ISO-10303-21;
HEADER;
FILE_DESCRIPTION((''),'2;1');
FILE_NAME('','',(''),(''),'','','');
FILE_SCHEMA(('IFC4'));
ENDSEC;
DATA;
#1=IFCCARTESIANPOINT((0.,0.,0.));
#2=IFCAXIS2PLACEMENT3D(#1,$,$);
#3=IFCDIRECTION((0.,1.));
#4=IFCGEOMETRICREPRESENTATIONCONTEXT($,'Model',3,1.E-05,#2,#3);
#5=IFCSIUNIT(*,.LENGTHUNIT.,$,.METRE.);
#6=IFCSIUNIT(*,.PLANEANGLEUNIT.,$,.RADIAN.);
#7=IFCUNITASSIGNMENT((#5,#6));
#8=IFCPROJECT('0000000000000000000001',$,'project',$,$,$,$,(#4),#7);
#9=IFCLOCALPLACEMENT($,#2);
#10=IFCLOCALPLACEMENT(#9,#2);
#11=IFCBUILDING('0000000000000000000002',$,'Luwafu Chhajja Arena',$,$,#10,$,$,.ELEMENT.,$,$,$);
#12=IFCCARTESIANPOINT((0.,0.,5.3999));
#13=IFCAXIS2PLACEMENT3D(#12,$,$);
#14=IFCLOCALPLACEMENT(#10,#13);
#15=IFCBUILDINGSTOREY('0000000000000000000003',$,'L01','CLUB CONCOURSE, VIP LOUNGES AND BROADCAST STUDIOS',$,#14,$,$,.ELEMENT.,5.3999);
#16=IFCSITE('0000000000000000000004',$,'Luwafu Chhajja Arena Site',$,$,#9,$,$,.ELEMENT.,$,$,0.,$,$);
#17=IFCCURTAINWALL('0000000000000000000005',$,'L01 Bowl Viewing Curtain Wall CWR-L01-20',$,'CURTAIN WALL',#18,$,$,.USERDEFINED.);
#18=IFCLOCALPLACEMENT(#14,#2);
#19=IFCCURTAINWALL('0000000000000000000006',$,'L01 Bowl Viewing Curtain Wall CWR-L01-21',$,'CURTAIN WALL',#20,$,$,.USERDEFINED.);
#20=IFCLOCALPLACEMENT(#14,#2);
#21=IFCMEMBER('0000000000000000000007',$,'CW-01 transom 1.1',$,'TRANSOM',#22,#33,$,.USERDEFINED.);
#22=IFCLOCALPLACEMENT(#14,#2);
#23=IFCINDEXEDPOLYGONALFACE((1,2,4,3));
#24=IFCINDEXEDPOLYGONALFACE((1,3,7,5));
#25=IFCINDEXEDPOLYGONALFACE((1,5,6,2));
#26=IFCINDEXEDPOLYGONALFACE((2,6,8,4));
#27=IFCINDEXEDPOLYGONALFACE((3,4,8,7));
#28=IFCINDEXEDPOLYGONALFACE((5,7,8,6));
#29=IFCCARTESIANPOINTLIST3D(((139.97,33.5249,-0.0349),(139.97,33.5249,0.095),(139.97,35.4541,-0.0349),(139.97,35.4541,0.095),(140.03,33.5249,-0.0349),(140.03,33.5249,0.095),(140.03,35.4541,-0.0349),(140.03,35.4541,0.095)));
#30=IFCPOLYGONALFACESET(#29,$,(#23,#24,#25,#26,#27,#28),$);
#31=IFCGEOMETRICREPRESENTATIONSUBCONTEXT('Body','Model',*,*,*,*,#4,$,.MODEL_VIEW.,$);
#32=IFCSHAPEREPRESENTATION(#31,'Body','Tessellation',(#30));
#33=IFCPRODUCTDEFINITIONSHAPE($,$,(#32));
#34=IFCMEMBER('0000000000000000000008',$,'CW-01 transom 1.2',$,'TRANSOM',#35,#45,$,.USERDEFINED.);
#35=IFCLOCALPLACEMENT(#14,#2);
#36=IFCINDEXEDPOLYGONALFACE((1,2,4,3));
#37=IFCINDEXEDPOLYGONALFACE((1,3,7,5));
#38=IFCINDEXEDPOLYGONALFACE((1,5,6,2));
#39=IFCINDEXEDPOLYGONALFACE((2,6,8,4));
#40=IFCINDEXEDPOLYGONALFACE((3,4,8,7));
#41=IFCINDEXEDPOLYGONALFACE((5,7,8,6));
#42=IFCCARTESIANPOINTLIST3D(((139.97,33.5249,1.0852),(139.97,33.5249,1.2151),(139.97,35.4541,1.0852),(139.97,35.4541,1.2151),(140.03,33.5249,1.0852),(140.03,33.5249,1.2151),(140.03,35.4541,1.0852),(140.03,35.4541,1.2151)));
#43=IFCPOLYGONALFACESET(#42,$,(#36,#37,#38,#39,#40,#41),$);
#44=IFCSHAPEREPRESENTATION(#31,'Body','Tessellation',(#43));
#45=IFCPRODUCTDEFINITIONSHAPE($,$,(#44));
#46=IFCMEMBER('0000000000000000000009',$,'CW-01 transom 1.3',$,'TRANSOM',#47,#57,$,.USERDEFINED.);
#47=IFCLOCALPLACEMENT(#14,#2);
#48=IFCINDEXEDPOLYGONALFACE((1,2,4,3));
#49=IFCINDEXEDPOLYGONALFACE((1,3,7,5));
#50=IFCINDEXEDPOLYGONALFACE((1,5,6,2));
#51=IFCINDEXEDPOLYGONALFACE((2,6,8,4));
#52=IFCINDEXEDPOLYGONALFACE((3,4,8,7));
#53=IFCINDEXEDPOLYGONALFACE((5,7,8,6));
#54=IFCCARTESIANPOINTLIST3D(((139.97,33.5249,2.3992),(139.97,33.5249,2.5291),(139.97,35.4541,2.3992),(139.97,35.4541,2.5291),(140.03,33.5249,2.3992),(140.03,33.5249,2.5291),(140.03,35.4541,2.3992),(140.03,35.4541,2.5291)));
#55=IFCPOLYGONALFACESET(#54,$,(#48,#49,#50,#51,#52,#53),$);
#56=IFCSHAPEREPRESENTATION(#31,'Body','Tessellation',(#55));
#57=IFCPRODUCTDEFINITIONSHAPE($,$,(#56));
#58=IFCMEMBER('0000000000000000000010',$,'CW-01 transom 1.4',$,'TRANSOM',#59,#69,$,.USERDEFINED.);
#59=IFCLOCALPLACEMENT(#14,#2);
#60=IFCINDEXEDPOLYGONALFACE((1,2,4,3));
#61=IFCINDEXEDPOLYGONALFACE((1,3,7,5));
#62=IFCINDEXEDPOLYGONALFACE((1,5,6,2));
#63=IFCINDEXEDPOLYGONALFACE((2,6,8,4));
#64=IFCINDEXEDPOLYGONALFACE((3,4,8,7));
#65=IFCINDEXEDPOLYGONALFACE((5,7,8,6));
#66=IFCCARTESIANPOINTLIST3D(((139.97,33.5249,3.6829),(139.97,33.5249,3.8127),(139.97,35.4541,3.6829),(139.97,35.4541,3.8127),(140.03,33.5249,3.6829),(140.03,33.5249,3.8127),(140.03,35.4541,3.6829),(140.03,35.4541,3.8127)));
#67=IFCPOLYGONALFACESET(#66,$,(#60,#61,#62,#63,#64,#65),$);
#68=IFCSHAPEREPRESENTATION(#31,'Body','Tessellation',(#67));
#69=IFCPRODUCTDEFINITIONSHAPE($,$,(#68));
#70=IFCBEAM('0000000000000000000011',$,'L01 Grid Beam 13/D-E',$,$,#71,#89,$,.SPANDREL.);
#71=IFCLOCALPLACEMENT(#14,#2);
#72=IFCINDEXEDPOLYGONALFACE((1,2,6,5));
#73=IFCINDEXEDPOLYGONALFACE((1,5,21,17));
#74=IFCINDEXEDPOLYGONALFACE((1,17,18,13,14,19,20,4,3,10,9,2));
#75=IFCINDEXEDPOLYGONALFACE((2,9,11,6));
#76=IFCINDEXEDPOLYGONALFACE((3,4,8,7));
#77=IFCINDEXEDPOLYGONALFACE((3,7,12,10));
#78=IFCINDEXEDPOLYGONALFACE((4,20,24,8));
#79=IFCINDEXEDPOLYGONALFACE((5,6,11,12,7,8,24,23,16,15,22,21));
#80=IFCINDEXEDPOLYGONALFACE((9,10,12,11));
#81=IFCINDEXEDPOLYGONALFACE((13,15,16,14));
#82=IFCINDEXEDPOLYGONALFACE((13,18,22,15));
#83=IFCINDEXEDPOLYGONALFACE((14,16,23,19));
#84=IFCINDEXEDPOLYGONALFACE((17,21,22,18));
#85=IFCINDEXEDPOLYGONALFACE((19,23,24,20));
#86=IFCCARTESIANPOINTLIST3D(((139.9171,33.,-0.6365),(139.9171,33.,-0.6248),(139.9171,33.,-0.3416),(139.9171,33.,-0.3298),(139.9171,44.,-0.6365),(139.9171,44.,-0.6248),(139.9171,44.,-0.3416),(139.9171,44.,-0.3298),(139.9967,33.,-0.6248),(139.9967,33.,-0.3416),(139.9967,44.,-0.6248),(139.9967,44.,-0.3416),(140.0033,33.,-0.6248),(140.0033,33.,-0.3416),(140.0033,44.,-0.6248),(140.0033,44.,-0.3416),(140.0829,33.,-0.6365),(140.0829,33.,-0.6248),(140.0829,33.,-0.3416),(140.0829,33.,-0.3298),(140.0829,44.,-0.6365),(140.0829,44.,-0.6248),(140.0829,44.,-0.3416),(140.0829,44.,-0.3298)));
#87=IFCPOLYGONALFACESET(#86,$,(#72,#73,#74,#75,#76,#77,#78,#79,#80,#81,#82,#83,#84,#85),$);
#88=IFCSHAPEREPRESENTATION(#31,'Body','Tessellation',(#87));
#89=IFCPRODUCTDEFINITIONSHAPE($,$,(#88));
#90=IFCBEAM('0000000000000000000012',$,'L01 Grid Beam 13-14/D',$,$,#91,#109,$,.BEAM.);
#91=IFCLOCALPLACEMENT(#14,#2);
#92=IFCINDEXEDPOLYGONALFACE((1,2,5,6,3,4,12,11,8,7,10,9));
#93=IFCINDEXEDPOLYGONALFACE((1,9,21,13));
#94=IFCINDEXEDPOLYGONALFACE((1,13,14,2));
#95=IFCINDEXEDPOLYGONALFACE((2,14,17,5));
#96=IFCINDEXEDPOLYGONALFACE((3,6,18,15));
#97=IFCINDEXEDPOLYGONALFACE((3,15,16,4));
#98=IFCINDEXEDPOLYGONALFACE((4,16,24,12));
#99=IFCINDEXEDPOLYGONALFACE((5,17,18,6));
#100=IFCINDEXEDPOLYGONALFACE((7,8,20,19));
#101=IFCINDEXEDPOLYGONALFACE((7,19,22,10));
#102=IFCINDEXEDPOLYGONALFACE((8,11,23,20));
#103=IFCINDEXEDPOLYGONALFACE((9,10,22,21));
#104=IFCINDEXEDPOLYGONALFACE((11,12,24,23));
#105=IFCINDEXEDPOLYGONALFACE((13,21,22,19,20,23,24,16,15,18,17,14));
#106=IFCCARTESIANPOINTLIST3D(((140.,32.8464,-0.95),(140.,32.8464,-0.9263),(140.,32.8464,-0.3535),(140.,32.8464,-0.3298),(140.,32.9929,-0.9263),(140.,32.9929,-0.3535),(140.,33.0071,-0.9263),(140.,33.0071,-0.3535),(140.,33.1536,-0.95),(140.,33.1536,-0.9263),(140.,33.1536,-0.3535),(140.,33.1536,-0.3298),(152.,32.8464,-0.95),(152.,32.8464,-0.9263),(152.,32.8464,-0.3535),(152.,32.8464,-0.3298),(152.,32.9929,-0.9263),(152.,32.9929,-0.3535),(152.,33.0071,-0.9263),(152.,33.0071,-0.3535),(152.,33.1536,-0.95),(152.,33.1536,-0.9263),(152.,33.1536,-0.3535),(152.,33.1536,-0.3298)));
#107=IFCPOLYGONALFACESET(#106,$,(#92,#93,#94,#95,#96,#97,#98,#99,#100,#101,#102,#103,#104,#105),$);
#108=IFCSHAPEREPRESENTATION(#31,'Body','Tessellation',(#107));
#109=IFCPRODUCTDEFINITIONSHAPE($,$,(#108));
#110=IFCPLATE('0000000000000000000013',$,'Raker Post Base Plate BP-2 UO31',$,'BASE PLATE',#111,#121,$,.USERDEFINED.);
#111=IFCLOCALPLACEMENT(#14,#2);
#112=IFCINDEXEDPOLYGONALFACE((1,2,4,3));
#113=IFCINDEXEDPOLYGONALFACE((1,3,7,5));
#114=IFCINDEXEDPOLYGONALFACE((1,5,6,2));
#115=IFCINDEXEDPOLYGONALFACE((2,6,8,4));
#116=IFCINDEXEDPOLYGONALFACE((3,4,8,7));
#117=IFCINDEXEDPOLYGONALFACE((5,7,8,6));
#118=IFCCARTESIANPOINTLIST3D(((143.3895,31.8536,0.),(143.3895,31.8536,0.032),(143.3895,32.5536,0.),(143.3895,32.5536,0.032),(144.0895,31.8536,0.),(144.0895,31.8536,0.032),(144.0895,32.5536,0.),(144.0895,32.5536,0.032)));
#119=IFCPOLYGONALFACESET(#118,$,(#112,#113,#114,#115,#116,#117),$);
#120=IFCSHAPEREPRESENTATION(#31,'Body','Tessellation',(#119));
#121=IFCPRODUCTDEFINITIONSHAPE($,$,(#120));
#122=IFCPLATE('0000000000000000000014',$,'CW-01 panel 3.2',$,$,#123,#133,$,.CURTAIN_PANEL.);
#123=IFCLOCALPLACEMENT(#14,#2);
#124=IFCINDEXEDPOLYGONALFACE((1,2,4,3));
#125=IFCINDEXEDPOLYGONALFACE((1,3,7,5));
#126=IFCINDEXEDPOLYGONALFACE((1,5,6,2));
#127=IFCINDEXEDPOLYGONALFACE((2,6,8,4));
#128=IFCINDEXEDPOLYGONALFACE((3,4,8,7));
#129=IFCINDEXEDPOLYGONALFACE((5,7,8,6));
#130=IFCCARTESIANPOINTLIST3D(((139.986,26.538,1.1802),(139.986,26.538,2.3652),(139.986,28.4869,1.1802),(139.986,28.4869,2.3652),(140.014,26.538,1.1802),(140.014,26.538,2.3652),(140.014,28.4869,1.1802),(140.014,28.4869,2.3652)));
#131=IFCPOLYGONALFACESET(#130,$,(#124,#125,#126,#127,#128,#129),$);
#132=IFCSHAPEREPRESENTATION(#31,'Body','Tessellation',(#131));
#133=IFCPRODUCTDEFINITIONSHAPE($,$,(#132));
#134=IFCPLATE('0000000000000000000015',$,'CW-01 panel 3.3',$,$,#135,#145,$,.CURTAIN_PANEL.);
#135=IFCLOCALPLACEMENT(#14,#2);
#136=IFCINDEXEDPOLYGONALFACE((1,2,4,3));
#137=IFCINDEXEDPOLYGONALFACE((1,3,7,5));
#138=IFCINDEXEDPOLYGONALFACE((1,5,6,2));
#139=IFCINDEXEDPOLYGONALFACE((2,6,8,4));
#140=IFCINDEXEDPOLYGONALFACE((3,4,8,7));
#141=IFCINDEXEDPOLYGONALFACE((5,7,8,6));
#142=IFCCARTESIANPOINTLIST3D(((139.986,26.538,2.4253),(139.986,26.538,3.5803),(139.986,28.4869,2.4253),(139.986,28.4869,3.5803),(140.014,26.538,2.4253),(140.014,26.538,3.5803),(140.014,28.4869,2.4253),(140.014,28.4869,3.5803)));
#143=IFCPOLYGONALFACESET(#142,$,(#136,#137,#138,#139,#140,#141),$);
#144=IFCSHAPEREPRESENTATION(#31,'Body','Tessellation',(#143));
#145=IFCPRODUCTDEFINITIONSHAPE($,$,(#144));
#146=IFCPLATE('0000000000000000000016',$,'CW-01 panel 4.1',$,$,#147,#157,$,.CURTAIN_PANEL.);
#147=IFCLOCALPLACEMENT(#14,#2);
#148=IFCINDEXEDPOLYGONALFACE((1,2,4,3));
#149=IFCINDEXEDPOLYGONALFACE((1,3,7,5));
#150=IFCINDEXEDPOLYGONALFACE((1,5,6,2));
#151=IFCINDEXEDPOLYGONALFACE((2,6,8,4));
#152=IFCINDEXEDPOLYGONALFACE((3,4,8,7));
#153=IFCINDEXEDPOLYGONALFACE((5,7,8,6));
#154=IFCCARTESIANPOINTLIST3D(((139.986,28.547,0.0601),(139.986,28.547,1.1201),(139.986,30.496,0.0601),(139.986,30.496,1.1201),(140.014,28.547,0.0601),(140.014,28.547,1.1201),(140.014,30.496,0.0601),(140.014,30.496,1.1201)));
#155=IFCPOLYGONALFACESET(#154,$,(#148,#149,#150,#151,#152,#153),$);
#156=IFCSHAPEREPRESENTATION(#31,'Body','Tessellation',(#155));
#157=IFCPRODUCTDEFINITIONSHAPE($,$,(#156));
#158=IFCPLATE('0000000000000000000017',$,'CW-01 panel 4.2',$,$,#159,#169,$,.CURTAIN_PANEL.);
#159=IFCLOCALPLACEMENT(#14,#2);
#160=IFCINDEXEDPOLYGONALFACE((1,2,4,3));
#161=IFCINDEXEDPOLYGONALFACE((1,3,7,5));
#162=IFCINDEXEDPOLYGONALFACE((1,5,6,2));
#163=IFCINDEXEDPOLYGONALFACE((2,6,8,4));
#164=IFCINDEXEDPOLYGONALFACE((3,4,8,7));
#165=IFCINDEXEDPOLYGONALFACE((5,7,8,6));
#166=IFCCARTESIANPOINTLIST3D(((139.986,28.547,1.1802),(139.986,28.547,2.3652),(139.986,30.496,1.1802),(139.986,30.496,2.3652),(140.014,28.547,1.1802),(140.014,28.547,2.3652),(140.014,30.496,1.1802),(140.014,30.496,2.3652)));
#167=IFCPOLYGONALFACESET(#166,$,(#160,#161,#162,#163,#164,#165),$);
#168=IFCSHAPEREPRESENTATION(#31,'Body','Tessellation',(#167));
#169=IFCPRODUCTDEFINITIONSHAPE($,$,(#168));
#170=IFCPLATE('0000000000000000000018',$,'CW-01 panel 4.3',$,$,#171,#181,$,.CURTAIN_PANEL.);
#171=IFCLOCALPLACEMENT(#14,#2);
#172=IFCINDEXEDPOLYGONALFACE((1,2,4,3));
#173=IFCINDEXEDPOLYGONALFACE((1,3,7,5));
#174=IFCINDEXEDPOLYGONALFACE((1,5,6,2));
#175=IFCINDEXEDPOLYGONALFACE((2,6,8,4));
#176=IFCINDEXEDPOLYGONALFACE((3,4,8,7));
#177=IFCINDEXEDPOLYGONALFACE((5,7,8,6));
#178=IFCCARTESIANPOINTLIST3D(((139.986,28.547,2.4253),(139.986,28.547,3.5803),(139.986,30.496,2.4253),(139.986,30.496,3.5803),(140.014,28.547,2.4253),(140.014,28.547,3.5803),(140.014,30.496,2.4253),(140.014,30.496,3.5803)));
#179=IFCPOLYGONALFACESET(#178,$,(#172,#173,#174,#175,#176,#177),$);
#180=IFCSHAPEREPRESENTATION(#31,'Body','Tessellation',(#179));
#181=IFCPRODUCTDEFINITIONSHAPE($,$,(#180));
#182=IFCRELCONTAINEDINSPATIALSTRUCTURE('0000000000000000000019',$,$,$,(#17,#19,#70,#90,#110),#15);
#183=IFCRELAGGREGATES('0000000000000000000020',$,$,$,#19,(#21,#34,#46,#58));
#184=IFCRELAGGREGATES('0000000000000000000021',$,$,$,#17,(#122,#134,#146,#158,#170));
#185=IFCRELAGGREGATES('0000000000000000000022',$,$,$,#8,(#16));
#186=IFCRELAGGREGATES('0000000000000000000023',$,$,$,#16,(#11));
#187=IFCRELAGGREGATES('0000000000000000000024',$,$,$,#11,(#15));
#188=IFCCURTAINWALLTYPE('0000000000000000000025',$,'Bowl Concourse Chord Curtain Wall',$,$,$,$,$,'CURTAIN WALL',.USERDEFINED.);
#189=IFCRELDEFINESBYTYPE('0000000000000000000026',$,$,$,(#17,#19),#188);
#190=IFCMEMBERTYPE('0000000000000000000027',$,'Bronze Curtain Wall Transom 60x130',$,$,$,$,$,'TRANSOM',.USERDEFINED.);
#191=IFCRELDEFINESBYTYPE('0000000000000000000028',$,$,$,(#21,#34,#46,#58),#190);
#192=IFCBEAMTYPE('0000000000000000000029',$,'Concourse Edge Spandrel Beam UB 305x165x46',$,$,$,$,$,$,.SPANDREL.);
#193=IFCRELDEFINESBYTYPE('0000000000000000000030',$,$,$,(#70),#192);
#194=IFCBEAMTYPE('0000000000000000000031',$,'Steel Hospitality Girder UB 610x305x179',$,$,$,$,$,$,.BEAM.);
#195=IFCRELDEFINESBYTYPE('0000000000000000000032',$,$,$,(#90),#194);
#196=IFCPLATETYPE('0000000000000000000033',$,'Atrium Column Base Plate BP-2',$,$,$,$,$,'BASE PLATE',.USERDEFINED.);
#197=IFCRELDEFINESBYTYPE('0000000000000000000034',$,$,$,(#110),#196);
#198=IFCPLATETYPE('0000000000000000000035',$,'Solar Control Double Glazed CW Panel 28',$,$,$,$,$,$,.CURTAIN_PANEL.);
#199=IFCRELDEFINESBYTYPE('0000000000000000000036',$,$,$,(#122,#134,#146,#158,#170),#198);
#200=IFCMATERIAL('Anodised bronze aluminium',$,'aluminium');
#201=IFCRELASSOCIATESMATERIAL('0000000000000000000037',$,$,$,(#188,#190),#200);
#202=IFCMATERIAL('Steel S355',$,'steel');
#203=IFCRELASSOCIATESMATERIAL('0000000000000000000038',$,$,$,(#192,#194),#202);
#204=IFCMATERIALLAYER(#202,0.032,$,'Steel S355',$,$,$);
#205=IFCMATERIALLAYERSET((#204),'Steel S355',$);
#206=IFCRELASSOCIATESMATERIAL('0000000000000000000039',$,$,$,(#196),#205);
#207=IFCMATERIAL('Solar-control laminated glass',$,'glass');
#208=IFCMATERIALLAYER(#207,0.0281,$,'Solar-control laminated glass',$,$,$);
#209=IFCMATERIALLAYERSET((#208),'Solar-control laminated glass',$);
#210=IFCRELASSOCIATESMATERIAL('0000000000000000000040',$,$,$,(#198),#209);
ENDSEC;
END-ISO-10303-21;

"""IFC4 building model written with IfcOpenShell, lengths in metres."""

from ifc_helpers import new_model, si_unit, direction, frame, origin, origin_2d, place, context, subcontext, project, spatial, rectangle, i_section, extrude, material, layer, layer_set, material_profile, profile_set, type_object, element, aggregate, save


model = new_model("IFC4")

# Units and contexts
model_context = context("Model", 3, precision=1e-05, world=origin(), true_north=direction((0.0, 1.0)))
body_context = subcontext(model_context, "Body", "Model", "MODEL_VIEW")
ifc_project = project(units=[si_unit("LENGTHUNIT", "METRE"), si_unit("PLANEANGLEUNIT", "RADIAN")], contexts=[model_context])

# Site, building, storey
site_placement = place(None, origin())
site = spatial("IfcSite", under=ifc_project, at=site_placement, Name="Luwafu Chhajja Arena Site", CompositionType="ELEMENT", RefElevation=0.0)
building_placement = place(site_placement, origin())
building = spatial("IfcBuilding", under=site, at=building_placement, Name="Luwafu Chhajja Arena", CompositionType="ELEMENT")
storey_placement = place(building_placement, frame((0.0, 0.0, 5.3999)))
storey = spatial("IfcBuildingStorey", under=building, at=storey_placement, Name="L01", Description="CLUB CONCOURSE, VIP LOUNGES AND BROADCAST STUDIOS", CompositionType="ELEMENT", Elevation=5.3999)

# Shared definitions
ifc_material_1 = material(Name="Steel S355", Category="steel")

# Curtain wall
ifc_material_2 = material(Name="Anodised bronze aluminium", Category="aluminium")
curtain_wall_type = type_object("IfcCurtainWallType", Name="Bowl Concourse Chord Curtain Wall", ElementType="CURTAIN WALL", PredefinedType="USERDEFINED", material=ifc_material_2)
curtain_wall_1_placement = place(storey_placement, origin())
curtain_wall_1 = element("IfcCurtainWall", 1, at=curtain_wall_1_placement, inside=storey, type_object=curtain_wall_type, Name="L01 Bowl Viewing Curtain Wall CWR-L01-20", ObjectType="CURTAIN WALL", PredefinedType="USERDEFINED")

# Curtain wall
curtain_wall_2_placement = place(storey_placement, origin())
curtain_wall_2 = element("IfcCurtainWall", 2, at=curtain_wall_2_placement, inside=storey, type_object=curtain_wall_type, Name="L01 Bowl Viewing Curtain Wall CWR-L01-21", ObjectType="CURTAIN WALL", PredefinedType="USERDEFINED")

# Members
ifc_material_profile_1 = material_profile(ifc_material_2, rectangle(XDim=0.0601, YDim=0.1299, at=origin_2d()), Name="CWT 60x130")
ifc_profile_set_1 = profile_set([ifc_material_profile_1], Name="Anodised bronze aluminium")
member_type_1 = type_object("IfcMemberType", Name="Bronze Curtain Wall Transom 60x130", ElementType="TRANSOM", PredefinedType="USERDEFINED", material=ifc_profile_set_1)
member_1_placement = place(storey_placement, frame((140.0, 33.5249, 0.03), z_axis=(0.0, 1.0, 0.0), x_axis=(-1.0, 0.0, 0.0)))
member_1 = element("IfcMember", 3, at=member_1_placement, type_object=member_type_1, Name="CW-01 transom 1.1", ObjectType="TRANSOM", PredefinedType="USERDEFINED", context=body_context, shape_type="SweptSolid", body=[
    extrude(rectangle(XDim=0.0601, YDim=0.1299, at=origin_2d()), origin(), (0.0, 0.0, 1.0), 1.9292),
])
member_2_placement = place(storey_placement, frame((140.0, 33.5249, 1.1501), z_axis=(0.0, 1.0, 0.0), x_axis=(-1.0, 0.0, 0.0)))
member_2 = element("IfcMember", 4, at=member_2_placement, type_object=member_type_1, Name="CW-01 transom 1.2", ObjectType="TRANSOM", PredefinedType="USERDEFINED", context=body_context, shape_type="SweptSolid", body=[
    extrude(rectangle(XDim=0.0601, YDim=0.1299, at=origin_2d()), origin(), (0.0, 0.0, 1.0), 1.9292),
])
member_3_placement = place(storey_placement, frame((140.0, 33.5249, 2.4641), z_axis=(0.0, 1.0, 0.0), x_axis=(-1.0, 0.0, 0.0)))
member_3 = element("IfcMember", 5, at=member_3_placement, type_object=member_type_1, Name="CW-01 transom 1.3", ObjectType="TRANSOM", PredefinedType="USERDEFINED", context=body_context, shape_type="SweptSolid", body=[
    extrude(rectangle(XDim=0.0601, YDim=0.1299, at=origin_2d()), origin(), (0.0, 0.0, 1.0), 1.9292),
])
member_4_placement = place(storey_placement, frame((140.0, 33.5249, 3.7478), z_axis=(0.0, 1.0, 0.0), x_axis=(-1.0, 0.0, 0.0)))
member_4 = element("IfcMember", 6, at=member_4_placement, type_object=member_type_1, Name="CW-01 transom 1.4", ObjectType="TRANSOM", PredefinedType="USERDEFINED", context=body_context, shape_type="SweptSolid", body=[
    extrude(rectangle(XDim=0.0601, YDim=0.1299, at=origin_2d()), origin(), (0.0, 0.0, 1.0), 1.9292),
])
aggregate(curtain_wall_2, [member_1, member_2, member_3, member_4])

# Beams
ifc_material_profile_2 = material_profile(ifc_material_1, i_section(OverallWidth=0.1658, OverallDepth=0.3066, WebThickness=0.0066, FlangeThickness=0.0117, at=origin_2d()), Name="UB 305x165x46")
ifc_profile_set_2 = profile_set([ifc_material_profile_2], Name="Steel S355")
beam_type_1 = type_object("IfcBeamType", Name="Concourse Edge Spandrel Beam UB 305x165x46", PredefinedType="SPANDREL", material=ifc_profile_set_2)
beam_1_placement = place(storey_placement, frame((140.0, 33.0, -0.4832), z_axis=(0.0, 1.0, 0.0), x_axis=(-1.0, 0.0, 0.0)))
element("IfcBeam", 7, at=beam_1_placement, inside=storey, type_object=beam_type_1, Name="L01 Grid Beam 13/D-E", PredefinedType="SPANDREL", context=body_context, shape_type="SweptSolid", body=[
    extrude(i_section(OverallWidth=0.1658, OverallDepth=0.3066, WebThickness=0.0066, FlangeThickness=0.0117, at=origin_2d()), origin(), (0.0, 0.0, 1.0), 11.0),
])
ifc_material_profile_3 = material_profile(ifc_material_1, i_section(OverallWidth=0.3071, OverallDepth=0.6201, WebThickness=0.0142, FlangeThickness=0.0237, at=origin_2d()), Name="UB 610x305x179")
ifc_profile_set_3 = profile_set([ifc_material_profile_3], Name="Steel S355")
beam_type_2 = type_object("IfcBeamType", Name="Steel Hospitality Girder UB 610x305x179", PredefinedType="BEAM", material=ifc_profile_set_3)
beam_2_placement = place(storey_placement, frame((140.0, 33.0, -0.6399), z_axis=(1.0, 0.0, 0.0), x_axis=(0.0, 1.0, 0.0)))
element("IfcBeam", 8, at=beam_2_placement, inside=storey, type_object=beam_type_2, Name="L01 Grid Beam 13-14/D", PredefinedType="BEAM", context=body_context, shape_type="SweptSolid", body=[
    extrude(i_section(OverallWidth=0.3071, OverallDepth=0.6201, WebThickness=0.0142, FlangeThickness=0.0237, at=origin_2d()), origin(), (0.0, 0.0, 1.0), 12.0),
])

# Plates
ifc_layer_1 = layer(ifc_material_1, 0.032, Name="Steel S355")
ifc_layer_set_1 = layer_set([ifc_layer_1], Name="Steel S355")
plate_type_1 = type_object("IfcPlateType", Name="Atrium Column Base Plate BP-2", ElementType="BASE PLATE", PredefinedType="USERDEFINED", material=ifc_layer_set_1)
plate_1_placement = place(storey_placement, frame((143.7395, 32.2036, 0.0), z_axis=(0.0, 0.0, 1.0), x_axis=(1.0, 0.0, 0.0)))
element("IfcPlate", 9, at=plate_1_placement, inside=storey, type_object=plate_type_1, Name="Raker Post Base Plate BP-2 UO31", ObjectType="BASE PLATE", PredefinedType="USERDEFINED", context=body_context, shape_type="SweptSolid", body=[
    extrude(rectangle(XDim=0.7, YDim=0.7, at=origin_2d()), origin(), (0.0, 0.0, 1.0), 0.032),
])
ifc_material_3 = material(Name="Solar-control laminated glass", Category="glass")
ifc_layer_2 = layer(ifc_material_3, 0.0281, Name="Solar-control laminated glass")
ifc_layer_set_2 = layer_set([ifc_layer_2], Name="Solar-control laminated glass")
plate_type_2 = type_object("IfcPlateType", Name="Solar Control Double Glazed CW Panel 28", PredefinedType="CURTAIN_PANEL", material=ifc_layer_set_2)
plate_2_placement = place(storey_placement, frame((140.0, 27.5125, 1.1802), z_axis=(0.0, 0.0, 1.0), x_axis=(0.0, 1.0, 0.0)))
plate_2 = element("IfcPlate", 10, at=plate_2_placement, type_object=plate_type_2, Name="CW-01 panel 3.2", PredefinedType="CURTAIN_PANEL", context=body_context, shape_type="SweptSolid", body=[
    extrude(rectangle(XDim=1.949, YDim=0.0281, at=origin_2d()), origin(), (0.0, 0.0, 1.0), 1.1851),
])
plate_3_placement = place(storey_placement, frame((140.0, 27.5125, 2.4253), z_axis=(0.0, 0.0, 1.0), x_axis=(0.0, 1.0, 0.0)))
plate_3 = element("IfcPlate", 11, at=plate_3_placement, type_object=plate_type_2, Name="CW-01 panel 3.3", PredefinedType="CURTAIN_PANEL", context=body_context, shape_type="SweptSolid", body=[
    extrude(rectangle(XDim=1.949, YDim=0.0281, at=origin_2d()), origin(), (0.0, 0.0, 1.0), 1.155),
])
plate_4_placement = place(storey_placement, frame((140.0, 29.5215, 0.0601), z_axis=(0.0, 0.0, 1.0), x_axis=(0.0, 1.0, 0.0)))
plate_4 = element("IfcPlate", 12, at=plate_4_placement, type_object=plate_type_2, Name="CW-01 panel 4.1", PredefinedType="CURTAIN_PANEL", context=body_context, shape_type="SweptSolid", body=[
    extrude(rectangle(XDim=1.949, YDim=0.0281, at=origin_2d()), origin(), (0.0, 0.0, 1.0), 1.0601),
])
plate_5_placement = place(storey_placement, frame((140.0, 29.5215, 1.1802), z_axis=(0.0, 0.0, 1.0), x_axis=(0.0, 1.0, 0.0)))
plate_5 = element("IfcPlate", 13, at=plate_5_placement, type_object=plate_type_2, Name="CW-01 panel 4.2", PredefinedType="CURTAIN_PANEL", context=body_context, shape_type="SweptSolid", body=[
    extrude(rectangle(XDim=1.949, YDim=0.0281, at=origin_2d()), origin(), (0.0, 0.0, 1.0), 1.1851),
])
plate_6_placement = place(storey_placement, frame((140.0, 29.5215, 2.4253), z_axis=(0.0, 0.0, 1.0), x_axis=(0.0, 1.0, 0.0)))
plate_6 = element("IfcPlate", 14, at=plate_6_placement, type_object=plate_type_2, Name="CW-01 panel 4.3", PredefinedType="CURTAIN_PANEL", context=body_context, shape_type="SweptSolid", body=[
    extrude(rectangle(XDim=1.949, YDim=0.0281, at=origin_2d()), origin(), (0.0, 0.0, 1.0), 1.155),
])
aggregate(curtain_wall_1, [plate_2, plate_3, plate_4, plate_5, plate_6])

save(model, "model.ifc")
